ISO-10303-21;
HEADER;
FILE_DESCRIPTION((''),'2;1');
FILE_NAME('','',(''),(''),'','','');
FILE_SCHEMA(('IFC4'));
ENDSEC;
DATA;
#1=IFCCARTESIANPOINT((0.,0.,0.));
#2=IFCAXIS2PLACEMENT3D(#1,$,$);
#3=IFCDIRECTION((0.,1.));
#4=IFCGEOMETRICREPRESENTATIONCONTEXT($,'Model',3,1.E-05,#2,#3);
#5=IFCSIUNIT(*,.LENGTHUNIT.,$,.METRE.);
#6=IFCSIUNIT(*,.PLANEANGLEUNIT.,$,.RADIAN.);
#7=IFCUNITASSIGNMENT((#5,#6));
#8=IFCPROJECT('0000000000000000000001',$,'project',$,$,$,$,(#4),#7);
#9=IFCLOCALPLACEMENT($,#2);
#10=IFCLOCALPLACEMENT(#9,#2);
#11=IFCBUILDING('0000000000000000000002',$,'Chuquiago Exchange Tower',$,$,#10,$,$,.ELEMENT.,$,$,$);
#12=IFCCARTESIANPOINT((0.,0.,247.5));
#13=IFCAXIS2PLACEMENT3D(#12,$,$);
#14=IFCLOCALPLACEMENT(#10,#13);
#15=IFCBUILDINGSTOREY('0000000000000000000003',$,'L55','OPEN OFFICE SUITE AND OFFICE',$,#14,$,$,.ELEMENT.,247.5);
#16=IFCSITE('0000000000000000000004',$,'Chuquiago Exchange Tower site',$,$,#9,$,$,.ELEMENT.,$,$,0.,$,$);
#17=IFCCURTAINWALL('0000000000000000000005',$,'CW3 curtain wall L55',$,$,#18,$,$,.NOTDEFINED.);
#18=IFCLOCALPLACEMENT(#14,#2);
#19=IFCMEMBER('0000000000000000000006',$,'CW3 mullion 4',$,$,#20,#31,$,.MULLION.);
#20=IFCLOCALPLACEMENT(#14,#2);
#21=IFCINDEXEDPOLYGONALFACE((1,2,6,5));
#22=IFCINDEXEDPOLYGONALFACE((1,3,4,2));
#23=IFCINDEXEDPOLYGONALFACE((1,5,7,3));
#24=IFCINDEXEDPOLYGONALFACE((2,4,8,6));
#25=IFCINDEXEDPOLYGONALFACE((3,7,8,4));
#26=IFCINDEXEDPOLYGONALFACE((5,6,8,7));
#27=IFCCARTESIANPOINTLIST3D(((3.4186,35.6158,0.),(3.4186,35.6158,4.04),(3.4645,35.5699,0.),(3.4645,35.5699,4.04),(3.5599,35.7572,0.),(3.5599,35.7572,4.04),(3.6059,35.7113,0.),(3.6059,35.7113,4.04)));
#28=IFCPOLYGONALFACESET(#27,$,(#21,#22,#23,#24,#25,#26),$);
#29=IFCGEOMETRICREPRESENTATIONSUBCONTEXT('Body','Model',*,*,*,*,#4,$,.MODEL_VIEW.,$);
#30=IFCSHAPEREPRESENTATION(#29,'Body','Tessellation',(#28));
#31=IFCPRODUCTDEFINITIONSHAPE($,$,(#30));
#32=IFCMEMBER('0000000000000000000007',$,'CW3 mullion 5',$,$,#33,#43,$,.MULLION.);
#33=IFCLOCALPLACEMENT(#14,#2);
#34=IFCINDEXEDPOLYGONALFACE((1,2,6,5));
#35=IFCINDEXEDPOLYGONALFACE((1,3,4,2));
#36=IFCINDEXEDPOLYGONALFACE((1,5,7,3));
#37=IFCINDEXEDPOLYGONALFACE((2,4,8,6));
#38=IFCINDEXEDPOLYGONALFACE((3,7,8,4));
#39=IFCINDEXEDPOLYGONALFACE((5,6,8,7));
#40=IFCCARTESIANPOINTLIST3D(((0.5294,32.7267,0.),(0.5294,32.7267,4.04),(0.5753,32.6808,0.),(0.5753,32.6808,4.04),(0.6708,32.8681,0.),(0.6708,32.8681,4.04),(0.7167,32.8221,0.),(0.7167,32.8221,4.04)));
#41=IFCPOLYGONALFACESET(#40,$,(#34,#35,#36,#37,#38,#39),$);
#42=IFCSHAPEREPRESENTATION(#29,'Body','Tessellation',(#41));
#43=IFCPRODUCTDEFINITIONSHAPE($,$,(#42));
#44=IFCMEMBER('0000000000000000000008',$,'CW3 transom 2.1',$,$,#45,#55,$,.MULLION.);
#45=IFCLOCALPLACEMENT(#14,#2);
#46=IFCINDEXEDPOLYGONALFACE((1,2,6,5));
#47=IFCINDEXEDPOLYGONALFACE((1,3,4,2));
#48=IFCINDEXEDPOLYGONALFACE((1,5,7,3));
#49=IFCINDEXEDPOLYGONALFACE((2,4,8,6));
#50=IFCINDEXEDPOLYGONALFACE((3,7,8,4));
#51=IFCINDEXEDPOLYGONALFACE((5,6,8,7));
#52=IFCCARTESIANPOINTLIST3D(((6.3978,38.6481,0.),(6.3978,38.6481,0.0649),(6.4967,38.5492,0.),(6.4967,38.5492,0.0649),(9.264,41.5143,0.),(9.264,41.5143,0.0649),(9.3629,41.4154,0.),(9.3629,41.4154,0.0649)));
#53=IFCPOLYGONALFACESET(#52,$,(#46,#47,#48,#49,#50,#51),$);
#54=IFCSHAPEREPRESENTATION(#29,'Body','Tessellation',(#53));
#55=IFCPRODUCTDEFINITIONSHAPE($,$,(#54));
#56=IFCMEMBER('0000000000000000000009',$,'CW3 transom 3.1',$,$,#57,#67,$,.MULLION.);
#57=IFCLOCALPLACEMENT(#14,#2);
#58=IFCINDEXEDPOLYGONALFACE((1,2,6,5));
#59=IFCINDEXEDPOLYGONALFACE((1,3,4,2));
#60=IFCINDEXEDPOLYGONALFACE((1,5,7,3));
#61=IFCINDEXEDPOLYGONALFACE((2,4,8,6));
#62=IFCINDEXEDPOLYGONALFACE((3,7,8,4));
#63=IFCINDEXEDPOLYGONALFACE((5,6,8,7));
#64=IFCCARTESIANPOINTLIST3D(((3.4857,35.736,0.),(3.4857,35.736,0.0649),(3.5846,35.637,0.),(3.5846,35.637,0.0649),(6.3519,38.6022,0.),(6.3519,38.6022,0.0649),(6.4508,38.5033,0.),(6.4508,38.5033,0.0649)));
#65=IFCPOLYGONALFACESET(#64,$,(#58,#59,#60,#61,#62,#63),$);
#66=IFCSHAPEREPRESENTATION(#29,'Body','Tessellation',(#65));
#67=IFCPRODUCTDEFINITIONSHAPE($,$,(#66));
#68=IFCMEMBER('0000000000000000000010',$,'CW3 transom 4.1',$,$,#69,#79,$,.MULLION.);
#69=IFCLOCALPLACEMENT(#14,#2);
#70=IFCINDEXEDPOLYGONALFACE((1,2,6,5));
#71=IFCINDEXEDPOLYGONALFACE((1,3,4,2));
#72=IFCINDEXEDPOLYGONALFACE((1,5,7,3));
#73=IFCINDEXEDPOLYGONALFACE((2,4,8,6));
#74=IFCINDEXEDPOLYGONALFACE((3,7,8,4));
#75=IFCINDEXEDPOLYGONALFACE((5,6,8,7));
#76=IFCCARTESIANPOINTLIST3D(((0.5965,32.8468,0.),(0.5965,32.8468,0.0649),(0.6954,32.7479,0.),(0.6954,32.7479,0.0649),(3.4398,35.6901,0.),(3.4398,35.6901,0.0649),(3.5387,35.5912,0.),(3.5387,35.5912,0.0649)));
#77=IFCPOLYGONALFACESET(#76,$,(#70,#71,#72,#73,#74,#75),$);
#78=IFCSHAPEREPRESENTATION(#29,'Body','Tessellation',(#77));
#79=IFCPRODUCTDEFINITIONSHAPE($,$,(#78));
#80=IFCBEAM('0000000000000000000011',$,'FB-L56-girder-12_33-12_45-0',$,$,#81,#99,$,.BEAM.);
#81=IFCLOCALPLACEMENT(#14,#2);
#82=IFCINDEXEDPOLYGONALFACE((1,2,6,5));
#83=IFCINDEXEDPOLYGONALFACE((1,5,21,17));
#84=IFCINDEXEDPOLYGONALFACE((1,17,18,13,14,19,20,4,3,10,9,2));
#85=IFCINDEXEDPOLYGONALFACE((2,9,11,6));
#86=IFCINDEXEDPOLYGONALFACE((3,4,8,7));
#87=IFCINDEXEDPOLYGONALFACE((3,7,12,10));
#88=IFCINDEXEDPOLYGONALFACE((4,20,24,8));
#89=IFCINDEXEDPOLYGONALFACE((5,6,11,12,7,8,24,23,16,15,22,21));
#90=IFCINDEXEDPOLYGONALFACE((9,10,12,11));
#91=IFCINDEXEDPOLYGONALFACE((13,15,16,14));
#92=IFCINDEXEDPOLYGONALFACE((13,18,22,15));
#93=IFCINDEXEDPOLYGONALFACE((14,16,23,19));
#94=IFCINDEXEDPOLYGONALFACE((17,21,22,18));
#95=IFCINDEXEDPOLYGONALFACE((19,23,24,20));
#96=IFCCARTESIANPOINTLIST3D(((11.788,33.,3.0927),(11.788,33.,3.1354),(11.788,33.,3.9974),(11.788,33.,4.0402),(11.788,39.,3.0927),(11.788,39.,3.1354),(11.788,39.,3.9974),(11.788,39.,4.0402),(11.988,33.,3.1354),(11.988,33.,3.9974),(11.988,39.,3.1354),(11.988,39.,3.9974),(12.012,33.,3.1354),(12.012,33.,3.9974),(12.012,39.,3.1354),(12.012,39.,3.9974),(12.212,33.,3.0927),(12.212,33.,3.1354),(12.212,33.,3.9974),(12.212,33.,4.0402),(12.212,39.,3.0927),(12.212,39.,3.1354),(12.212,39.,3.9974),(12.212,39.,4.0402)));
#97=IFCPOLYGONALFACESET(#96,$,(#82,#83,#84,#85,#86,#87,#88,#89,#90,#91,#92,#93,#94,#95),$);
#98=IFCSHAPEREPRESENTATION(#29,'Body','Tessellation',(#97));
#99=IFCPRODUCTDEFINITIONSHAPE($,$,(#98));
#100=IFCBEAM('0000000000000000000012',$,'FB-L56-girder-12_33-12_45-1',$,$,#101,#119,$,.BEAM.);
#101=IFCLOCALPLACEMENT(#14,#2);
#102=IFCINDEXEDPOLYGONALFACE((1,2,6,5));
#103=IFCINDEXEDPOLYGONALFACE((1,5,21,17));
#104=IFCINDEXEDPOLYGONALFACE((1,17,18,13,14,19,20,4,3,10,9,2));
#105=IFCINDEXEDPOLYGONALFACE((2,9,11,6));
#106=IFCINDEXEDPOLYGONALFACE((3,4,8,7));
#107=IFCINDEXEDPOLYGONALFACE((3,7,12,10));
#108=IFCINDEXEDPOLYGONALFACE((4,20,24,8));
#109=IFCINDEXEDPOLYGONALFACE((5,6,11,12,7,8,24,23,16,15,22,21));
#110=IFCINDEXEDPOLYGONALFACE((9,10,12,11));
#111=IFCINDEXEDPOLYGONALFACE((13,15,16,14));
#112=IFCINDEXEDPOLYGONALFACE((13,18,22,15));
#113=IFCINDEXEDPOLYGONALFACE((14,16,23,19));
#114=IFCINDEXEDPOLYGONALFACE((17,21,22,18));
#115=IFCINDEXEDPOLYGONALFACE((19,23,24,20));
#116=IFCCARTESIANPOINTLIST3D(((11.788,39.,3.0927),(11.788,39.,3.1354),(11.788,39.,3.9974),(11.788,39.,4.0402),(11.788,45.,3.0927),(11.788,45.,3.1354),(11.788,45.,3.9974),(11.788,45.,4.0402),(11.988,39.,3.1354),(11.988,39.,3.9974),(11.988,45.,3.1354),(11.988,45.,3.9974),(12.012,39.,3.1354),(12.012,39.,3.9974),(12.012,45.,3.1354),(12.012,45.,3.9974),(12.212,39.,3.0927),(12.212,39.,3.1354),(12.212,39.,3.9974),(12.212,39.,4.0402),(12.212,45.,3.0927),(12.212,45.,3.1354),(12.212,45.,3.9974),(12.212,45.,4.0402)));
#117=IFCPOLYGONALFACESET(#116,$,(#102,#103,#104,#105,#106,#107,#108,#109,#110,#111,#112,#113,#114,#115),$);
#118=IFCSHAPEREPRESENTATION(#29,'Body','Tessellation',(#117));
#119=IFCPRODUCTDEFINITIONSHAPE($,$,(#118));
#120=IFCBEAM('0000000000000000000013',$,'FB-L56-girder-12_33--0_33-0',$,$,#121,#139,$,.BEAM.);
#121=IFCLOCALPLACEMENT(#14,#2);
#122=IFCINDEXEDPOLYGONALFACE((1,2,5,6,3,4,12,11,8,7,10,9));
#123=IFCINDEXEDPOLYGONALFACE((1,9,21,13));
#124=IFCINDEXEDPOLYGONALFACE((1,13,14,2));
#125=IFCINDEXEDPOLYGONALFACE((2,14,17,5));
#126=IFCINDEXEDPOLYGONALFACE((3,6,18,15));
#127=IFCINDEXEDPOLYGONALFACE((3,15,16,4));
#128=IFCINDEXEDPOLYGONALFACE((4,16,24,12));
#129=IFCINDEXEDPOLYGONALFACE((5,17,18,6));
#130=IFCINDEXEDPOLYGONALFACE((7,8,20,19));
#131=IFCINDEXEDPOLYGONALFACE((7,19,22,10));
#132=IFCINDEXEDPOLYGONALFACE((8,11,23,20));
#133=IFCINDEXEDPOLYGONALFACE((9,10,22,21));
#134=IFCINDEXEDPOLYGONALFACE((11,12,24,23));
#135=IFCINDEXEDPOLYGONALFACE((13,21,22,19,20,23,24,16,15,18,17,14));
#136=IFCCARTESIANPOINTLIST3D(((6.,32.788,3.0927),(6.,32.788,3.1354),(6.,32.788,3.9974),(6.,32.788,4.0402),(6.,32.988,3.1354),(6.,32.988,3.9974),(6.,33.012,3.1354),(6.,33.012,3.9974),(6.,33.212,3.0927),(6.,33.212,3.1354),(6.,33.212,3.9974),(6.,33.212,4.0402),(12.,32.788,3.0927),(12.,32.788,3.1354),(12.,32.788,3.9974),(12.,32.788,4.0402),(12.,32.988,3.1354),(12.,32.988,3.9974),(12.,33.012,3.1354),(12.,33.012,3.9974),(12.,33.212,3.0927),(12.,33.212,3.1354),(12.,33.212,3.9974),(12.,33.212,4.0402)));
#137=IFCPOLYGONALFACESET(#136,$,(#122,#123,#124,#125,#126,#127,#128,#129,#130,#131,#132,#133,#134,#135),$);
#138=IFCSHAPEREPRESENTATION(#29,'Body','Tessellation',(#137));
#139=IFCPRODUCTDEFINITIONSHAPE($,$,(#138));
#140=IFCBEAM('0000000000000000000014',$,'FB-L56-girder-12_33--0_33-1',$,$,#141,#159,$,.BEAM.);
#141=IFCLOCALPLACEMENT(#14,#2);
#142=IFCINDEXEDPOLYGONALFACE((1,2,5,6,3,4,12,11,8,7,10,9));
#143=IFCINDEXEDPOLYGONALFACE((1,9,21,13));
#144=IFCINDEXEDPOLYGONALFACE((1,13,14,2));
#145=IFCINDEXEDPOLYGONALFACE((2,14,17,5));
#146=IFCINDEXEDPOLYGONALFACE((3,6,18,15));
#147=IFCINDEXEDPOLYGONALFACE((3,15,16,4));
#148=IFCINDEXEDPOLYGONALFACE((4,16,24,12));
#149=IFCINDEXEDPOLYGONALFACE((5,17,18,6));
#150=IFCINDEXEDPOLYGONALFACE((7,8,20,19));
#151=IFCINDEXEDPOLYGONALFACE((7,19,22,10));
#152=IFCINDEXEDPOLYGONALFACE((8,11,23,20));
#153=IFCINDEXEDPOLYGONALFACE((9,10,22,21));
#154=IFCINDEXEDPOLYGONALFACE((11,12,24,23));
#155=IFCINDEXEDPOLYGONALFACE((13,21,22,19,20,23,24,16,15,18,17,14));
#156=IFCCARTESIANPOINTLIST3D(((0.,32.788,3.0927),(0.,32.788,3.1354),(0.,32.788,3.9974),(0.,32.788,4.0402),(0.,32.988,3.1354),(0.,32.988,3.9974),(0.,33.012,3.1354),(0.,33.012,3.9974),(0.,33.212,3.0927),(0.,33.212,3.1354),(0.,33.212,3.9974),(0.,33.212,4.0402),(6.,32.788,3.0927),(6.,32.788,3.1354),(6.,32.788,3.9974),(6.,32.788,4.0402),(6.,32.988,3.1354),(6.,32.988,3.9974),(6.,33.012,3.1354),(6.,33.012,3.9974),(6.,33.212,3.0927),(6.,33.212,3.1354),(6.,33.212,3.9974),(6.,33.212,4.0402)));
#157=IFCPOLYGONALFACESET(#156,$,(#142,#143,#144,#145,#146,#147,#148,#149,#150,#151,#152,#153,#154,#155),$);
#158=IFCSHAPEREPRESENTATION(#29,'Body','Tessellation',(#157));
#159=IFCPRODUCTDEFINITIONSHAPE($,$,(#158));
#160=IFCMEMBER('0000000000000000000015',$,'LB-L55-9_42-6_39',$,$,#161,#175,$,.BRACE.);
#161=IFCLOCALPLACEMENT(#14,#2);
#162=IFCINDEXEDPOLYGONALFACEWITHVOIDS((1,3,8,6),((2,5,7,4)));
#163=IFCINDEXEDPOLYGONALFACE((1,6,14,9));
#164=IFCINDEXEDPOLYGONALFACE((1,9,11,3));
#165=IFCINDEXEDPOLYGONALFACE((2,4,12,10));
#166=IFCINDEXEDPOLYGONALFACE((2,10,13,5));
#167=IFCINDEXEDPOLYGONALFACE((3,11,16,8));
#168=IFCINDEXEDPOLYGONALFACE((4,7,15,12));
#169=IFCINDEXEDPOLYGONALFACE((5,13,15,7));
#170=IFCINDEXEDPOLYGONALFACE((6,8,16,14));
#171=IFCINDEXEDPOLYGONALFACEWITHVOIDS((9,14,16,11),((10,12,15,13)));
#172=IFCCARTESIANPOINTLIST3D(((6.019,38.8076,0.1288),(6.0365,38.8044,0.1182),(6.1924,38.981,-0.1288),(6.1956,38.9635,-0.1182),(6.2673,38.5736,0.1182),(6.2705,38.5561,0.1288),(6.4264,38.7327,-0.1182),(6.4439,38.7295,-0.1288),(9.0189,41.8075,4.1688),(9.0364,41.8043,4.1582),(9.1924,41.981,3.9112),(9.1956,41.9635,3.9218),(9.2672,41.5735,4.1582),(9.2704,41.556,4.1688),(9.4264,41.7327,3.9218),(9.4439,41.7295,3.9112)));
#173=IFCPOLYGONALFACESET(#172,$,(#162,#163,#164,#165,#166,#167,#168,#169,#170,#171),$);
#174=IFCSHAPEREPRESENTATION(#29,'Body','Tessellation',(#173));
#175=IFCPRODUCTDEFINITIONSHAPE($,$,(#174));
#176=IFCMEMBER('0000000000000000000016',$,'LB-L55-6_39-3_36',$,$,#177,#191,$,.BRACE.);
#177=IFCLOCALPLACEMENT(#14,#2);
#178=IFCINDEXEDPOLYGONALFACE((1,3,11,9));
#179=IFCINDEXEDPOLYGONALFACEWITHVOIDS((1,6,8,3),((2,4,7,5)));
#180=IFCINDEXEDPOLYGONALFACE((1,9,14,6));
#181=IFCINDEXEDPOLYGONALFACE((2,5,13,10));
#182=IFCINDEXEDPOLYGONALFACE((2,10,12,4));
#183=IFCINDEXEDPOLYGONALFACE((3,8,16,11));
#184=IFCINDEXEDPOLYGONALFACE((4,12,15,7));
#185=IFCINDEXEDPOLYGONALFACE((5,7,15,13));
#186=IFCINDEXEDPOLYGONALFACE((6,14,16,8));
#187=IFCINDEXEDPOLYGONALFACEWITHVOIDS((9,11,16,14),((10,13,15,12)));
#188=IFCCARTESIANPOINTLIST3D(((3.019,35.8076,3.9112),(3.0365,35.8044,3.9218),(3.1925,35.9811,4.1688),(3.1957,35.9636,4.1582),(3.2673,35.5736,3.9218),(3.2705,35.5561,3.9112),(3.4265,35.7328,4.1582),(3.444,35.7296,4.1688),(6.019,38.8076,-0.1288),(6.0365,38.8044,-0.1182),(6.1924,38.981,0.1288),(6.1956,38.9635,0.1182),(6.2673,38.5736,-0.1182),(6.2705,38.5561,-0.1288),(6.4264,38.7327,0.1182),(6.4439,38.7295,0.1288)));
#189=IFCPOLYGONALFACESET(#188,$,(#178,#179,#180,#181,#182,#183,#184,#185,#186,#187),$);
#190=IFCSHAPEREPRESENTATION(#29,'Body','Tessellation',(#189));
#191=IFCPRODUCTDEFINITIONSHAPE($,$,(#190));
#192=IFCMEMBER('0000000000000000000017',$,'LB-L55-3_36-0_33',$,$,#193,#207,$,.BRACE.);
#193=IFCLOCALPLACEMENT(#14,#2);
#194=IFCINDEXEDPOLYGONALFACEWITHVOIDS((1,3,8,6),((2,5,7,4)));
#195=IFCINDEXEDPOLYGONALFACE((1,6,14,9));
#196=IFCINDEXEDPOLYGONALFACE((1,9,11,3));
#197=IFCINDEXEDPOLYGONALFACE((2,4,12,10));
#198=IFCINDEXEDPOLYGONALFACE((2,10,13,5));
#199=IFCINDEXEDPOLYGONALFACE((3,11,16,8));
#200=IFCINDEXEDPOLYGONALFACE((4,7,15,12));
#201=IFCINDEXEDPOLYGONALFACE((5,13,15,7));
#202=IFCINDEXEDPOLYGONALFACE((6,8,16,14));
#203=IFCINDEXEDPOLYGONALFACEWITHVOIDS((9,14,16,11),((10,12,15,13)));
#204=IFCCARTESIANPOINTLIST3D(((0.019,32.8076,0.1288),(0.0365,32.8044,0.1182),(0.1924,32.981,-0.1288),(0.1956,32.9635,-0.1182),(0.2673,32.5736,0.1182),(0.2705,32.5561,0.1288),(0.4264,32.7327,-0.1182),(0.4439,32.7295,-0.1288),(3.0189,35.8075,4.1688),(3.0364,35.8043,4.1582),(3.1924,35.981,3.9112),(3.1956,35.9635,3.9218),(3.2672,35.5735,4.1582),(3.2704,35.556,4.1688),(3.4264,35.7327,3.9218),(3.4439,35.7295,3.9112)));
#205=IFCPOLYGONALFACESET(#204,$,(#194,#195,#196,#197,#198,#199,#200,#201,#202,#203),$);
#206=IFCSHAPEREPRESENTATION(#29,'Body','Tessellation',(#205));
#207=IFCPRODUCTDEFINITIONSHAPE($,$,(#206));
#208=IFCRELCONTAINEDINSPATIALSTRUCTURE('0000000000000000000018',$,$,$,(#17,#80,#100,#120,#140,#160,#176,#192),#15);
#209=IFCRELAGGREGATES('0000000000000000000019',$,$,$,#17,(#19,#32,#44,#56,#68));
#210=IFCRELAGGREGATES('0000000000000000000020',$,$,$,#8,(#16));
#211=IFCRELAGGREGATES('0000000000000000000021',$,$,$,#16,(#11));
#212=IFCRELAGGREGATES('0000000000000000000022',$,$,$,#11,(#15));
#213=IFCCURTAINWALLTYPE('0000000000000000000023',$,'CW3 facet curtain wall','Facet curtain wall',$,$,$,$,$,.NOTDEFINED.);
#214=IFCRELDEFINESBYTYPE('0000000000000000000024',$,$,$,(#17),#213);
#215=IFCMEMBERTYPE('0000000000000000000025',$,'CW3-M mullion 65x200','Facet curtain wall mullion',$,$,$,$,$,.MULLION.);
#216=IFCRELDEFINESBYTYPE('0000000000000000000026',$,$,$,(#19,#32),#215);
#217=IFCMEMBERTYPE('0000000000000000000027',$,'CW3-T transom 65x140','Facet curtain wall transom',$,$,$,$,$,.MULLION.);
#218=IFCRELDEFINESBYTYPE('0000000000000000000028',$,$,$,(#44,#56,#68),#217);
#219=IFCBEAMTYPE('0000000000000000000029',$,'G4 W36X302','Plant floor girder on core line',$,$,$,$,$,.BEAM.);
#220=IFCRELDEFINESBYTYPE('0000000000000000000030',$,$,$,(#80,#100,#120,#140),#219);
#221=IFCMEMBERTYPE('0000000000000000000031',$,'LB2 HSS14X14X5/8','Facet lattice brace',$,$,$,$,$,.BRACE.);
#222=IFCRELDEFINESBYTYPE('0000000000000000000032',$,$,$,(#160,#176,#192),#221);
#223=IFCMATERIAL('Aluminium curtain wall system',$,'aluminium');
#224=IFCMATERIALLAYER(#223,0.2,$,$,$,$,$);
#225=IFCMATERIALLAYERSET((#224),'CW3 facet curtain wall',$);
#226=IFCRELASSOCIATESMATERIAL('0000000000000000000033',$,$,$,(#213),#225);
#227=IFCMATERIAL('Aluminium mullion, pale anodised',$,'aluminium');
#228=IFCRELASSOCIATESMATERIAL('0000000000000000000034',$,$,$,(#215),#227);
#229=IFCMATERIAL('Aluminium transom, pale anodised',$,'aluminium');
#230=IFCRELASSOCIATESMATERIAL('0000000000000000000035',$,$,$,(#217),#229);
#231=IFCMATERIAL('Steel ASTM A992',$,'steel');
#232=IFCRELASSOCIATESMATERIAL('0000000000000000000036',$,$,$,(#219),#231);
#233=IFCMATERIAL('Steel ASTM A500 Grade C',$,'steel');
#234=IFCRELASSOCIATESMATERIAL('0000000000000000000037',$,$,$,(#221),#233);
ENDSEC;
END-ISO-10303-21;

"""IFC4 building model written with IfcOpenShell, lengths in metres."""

from ifc_helpers import new_model, si_unit, direction, frame, origin, origin_2d, place, context, subcontext, project, spatial, rectangle, hollow_rectangle, i_section, extrude, material, layer, layer_set, material_profile, profile_set, type_object, element, aggregate, save


model = new_model("IFC4")

# Units and contexts
model_context = context("Model", 3, precision=1e-05, world=origin(), true_north=direction((0.0, 1.0)))
body_context = subcontext(model_context, "Body", "Model", "MODEL_VIEW")
ifc_project = project(units=[si_unit("LENGTHUNIT", "METRE"), si_unit("PLANEANGLEUNIT", "RADIAN")], contexts=[model_context])

# Site, building, storey
site_placement = place(None, origin())
site = spatial("IfcSite", under=ifc_project, at=site_placement, Name="Chuquiago Exchange Tower site", CompositionType="ELEMENT", RefElevation=0.0)
building_placement = place(site_placement, origin())
building = spatial("IfcBuilding", under=site, at=building_placement, Name="Chuquiago Exchange Tower", CompositionType="ELEMENT")
storey_placement = place(building_placement, frame((0.0, 0.0, 247.5)))
storey = spatial("IfcBuildingStorey", under=building, at=storey_placement, Name="L55", Description="OPEN OFFICE SUITE AND OFFICE", CompositionType="ELEMENT", Elevation=247.5)

# Curtain wall, members
ifc_material_1 = material(Name="Aluminium curtain wall system", Category="aluminium")
ifc_layer_1 = layer(ifc_material_1, 0.2)
ifc_layer_set_1 = layer_set([ifc_layer_1], Name="CW3 facet curtain wall")
curtain_wall_type = type_object("IfcCurtainWallType", Name="CW3 facet curtain wall", Description="Facet curtain wall", PredefinedType="NOTDEFINED", material=ifc_layer_set_1)
curtain_wall_placement = place(storey_placement, origin())
curtain_wall = element("IfcCurtainWall", 1, at=curtain_wall_placement, inside=storey, type_object=curtain_wall_type, Name="CW3 curtain wall L55", PredefinedType="NOTDEFINED")
ifc_material_2 = material(Name="Aluminium mullion, pale anodised", Category="aluminium")
ifc_material_profile_1 = material_profile(ifc_material_2, rectangle(XDim=0.0649, YDim=0.2, at=origin_2d()), Name="AL 65x200")
ifc_profile_set_1 = profile_set([ifc_material_profile_1], Name="Aluminium mullion, pale anodised")
member_type_1 = type_object("IfcMemberType", Name="CW3-M mullion 65x200", Description="Facet curtain wall mullion", PredefinedType="MULLION", material=ifc_profile_set_1)
member_1_placement = place(storey_placement, frame((3.5122, 35.6636, 0.0), z_axis=(0.0, 0.0, 1.0), x_axis=(0.707107, -0.707107, 0.0)))
member_1 = element("IfcMember", 2, at=member_1_placement, type_object=member_type_1, Name="CW3 mullion 4", PredefinedType="MULLION", context=body_context, shape_type="SweptSolid", body=[
    extrude(rectangle(XDim=0.0649, YDim=0.2, at=origin_2d()), origin(), (0.0, 0.0, 1.0), 4.04),
])
member_2_placement = place(storey_placement, frame((0.623, 32.7744, 0.0), z_axis=(0.0, 0.0, 1.0), x_axis=(0.707107, -0.707107, 0.0)))
member_2 = element("IfcMember", 3, at=member_2_placement, type_object=member_type_1, Name="CW3 mullion 5", PredefinedType="MULLION", context=body_context, shape_type="SweptSolid", body=[
    extrude(rectangle(XDim=0.0649, YDim=0.2, at=origin_2d()), origin(), (0.0, 0.0, 1.0), 4.04),
])
ifc_material_3 = material(Name="Aluminium transom, pale anodised", Category="aluminium")
ifc_material_profile_2 = material_profile(ifc_material_3, rectangle(XDim=0.1399, YDim=0.0649, at=origin_2d()), Name="AL 140x65")
ifc_profile_set_2 = profile_set([ifc_material_profile_2], Name="Aluminium transom, pale anodised")
member_type_2 = type_object("IfcMemberType", Name="CW3-T transom 65x140", Description="Facet curtain wall transom", PredefinedType="MULLION", material=ifc_profile_set_2)
member_3_placement = place(storey_placement, frame((9.3135, 41.4648, 0.0325), z_axis=(-0.707107, -0.707107, 0.0), x_axis=(0.707107, -0.707107, 0.0)))
member_3 = element("IfcMember", 4, at=member_3_placement, type_object=member_type_2, Name="CW3 transom 2.1", PredefinedType="MULLION", context=body_context, shape_type="SweptSolid", body=[
    extrude(rectangle(XDim=0.1399, YDim=0.0649, at=origin_2d()), origin(), (0.0, 0.0, 1.0), 4.0535),
])
member_4_placement = place(storey_placement, frame((6.4014, 38.5527, 0.0325), z_axis=(-0.707107, -0.707107, 0.0), x_axis=(0.707107, -0.707107, 0.0)))
member_4 = element("IfcMember", 5, at=member_4_placement, type_object=member_type_2, Name="CW3 transom 3.1", PredefinedType="MULLION", context=body_context, shape_type="SweptSolid", body=[
    extrude(rectangle(XDim=0.1399, YDim=0.0649, at=origin_2d()), origin(), (0.0, 0.0, 1.0), 4.0535),
])
member_5_placement = place(storey_placement, frame((3.4893, 35.6406, 0.0325), z_axis=(-0.707107, -0.707107, 0.0), x_axis=(0.707107, -0.707107, 0.0)))
member_5 = element("IfcMember", 6, at=member_5_placement, type_object=member_type_2, Name="CW3 transom 4.1", PredefinedType="MULLION", context=body_context, shape_type="SweptSolid", body=[
    extrude(rectangle(XDim=0.1399, YDim=0.0649, at=origin_2d()), origin(), (0.0, 0.0, 1.0), 4.021),
])

# Beams
ifc_material_4 = material(Name="Steel ASTM A992", Category="steel")
ifc_material_profile_3 = material_profile(ifc_material_4, i_section(OverallWidth=0.4241, OverallDepth=0.9475, WebThickness=0.0239, FlangeThickness=0.0427, at=origin_2d()), Name="W36X302")
ifc_profile_set_3 = profile_set([ifc_material_profile_3], Name="Steel ASTM A992")
beam_type_1 = type_object("IfcBeamType", Name="G4 W36X302", Description="Plant floor girder on core line", PredefinedType="BEAM", material=ifc_profile_set_3)
for number, where, z_axis, x_axis, name in (
    (7, (12.0, 33.0, 3.5664), (0.0, 1.0, 0.0), (-1.0, 0.0, 0.0), "FB-L56-girder-12_33-12_45-0"),
    (8, (12.0, 39.0, 3.5664), (0.0, 1.0, 0.0), (-1.0, 0.0, 0.0), "FB-L56-girder-12_33-12_45-1"),
    (9, (12.0, 33.0, 3.5664), (-1.0, 0.0, 0.0), (0.0, -1.0, 0.0), "FB-L56-girder-12_33--0_33-0"),
    (10, (6.0, 33.0, 3.5664), (-1.0, 0.0, 0.0), (0.0, -1.0, 0.0), "FB-L56-girder-12_33--0_33-1"),
):
    element("IfcBeam", number, at=place(storey_placement, frame(where, z_axis=z_axis, x_axis=x_axis)), inside=storey, type_object=beam_type_1, Name=name, PredefinedType="BEAM", context=body_context, shape_type="SweptSolid", body=[
        extrude(i_section(OverallWidth=0.4241, OverallDepth=0.9475, WebThickness=0.0239, FlangeThickness=0.0427, at=origin_2d()), origin(), (0.0, 0.0, 1.0), 6.0),
    ])

# Members
ifc_material_5 = material(Name="Steel ASTM A500 Grade C", Category="steel")
ifc_material_profile_4 = material_profile(ifc_material_5, hollow_rectangle(XDim=0.3557, YDim=0.3557, WallThickness=0.0146, at=origin_2d()), Name="HSS14X14X5/8")
ifc_profile_set_4 = profile_set([ifc_material_profile_4], Name="Steel ASTM A500 Grade C")
member_type_3 = type_object("IfcMemberType", Name="LB2 HSS14X14X5/8", Description="Facet lattice brace", PredefinedType="BRACE", material=ifc_profile_set_4)
for number, where, z_axis, x_axis, name in (
    (11, (6.2314, 38.7686, 0.0), (0.512077, 0.512077, 0.689604), (-0.707107, 0.707107, 0.0), "LB-L55-9_42-6_39"),
    (12, (6.2314, 38.7686, 0.0), (-0.512077, -0.512077, 0.689604), (0.707107, -0.707107, 0.0), "LB-L55-6_39-3_36"),
    (13, (0.2314, 32.7686, 0.0), (0.512077, 0.512077, 0.689604), (-0.707107, 0.707107, 0.0), "LB-L55-3_36-0_33"),
):
    element("IfcMember", number, at=place(storey_placement, frame(where, z_axis=z_axis, x_axis=x_axis)), inside=storey, type_object=member_type_3, Name=name, PredefinedType="BRACE", context=body_context, shape_type="SweptSolid", body=[
        extrude(hollow_rectangle(XDim=0.3557, YDim=0.3557, WallThickness=0.0146, at=origin_2d()), origin(), (0.0, 0.0, 1.0), 5.8584),
    ])

aggregate(curtain_wall, [member_1, member_2, member_3, member_4, member_5])

save(model, "model.ifc")
